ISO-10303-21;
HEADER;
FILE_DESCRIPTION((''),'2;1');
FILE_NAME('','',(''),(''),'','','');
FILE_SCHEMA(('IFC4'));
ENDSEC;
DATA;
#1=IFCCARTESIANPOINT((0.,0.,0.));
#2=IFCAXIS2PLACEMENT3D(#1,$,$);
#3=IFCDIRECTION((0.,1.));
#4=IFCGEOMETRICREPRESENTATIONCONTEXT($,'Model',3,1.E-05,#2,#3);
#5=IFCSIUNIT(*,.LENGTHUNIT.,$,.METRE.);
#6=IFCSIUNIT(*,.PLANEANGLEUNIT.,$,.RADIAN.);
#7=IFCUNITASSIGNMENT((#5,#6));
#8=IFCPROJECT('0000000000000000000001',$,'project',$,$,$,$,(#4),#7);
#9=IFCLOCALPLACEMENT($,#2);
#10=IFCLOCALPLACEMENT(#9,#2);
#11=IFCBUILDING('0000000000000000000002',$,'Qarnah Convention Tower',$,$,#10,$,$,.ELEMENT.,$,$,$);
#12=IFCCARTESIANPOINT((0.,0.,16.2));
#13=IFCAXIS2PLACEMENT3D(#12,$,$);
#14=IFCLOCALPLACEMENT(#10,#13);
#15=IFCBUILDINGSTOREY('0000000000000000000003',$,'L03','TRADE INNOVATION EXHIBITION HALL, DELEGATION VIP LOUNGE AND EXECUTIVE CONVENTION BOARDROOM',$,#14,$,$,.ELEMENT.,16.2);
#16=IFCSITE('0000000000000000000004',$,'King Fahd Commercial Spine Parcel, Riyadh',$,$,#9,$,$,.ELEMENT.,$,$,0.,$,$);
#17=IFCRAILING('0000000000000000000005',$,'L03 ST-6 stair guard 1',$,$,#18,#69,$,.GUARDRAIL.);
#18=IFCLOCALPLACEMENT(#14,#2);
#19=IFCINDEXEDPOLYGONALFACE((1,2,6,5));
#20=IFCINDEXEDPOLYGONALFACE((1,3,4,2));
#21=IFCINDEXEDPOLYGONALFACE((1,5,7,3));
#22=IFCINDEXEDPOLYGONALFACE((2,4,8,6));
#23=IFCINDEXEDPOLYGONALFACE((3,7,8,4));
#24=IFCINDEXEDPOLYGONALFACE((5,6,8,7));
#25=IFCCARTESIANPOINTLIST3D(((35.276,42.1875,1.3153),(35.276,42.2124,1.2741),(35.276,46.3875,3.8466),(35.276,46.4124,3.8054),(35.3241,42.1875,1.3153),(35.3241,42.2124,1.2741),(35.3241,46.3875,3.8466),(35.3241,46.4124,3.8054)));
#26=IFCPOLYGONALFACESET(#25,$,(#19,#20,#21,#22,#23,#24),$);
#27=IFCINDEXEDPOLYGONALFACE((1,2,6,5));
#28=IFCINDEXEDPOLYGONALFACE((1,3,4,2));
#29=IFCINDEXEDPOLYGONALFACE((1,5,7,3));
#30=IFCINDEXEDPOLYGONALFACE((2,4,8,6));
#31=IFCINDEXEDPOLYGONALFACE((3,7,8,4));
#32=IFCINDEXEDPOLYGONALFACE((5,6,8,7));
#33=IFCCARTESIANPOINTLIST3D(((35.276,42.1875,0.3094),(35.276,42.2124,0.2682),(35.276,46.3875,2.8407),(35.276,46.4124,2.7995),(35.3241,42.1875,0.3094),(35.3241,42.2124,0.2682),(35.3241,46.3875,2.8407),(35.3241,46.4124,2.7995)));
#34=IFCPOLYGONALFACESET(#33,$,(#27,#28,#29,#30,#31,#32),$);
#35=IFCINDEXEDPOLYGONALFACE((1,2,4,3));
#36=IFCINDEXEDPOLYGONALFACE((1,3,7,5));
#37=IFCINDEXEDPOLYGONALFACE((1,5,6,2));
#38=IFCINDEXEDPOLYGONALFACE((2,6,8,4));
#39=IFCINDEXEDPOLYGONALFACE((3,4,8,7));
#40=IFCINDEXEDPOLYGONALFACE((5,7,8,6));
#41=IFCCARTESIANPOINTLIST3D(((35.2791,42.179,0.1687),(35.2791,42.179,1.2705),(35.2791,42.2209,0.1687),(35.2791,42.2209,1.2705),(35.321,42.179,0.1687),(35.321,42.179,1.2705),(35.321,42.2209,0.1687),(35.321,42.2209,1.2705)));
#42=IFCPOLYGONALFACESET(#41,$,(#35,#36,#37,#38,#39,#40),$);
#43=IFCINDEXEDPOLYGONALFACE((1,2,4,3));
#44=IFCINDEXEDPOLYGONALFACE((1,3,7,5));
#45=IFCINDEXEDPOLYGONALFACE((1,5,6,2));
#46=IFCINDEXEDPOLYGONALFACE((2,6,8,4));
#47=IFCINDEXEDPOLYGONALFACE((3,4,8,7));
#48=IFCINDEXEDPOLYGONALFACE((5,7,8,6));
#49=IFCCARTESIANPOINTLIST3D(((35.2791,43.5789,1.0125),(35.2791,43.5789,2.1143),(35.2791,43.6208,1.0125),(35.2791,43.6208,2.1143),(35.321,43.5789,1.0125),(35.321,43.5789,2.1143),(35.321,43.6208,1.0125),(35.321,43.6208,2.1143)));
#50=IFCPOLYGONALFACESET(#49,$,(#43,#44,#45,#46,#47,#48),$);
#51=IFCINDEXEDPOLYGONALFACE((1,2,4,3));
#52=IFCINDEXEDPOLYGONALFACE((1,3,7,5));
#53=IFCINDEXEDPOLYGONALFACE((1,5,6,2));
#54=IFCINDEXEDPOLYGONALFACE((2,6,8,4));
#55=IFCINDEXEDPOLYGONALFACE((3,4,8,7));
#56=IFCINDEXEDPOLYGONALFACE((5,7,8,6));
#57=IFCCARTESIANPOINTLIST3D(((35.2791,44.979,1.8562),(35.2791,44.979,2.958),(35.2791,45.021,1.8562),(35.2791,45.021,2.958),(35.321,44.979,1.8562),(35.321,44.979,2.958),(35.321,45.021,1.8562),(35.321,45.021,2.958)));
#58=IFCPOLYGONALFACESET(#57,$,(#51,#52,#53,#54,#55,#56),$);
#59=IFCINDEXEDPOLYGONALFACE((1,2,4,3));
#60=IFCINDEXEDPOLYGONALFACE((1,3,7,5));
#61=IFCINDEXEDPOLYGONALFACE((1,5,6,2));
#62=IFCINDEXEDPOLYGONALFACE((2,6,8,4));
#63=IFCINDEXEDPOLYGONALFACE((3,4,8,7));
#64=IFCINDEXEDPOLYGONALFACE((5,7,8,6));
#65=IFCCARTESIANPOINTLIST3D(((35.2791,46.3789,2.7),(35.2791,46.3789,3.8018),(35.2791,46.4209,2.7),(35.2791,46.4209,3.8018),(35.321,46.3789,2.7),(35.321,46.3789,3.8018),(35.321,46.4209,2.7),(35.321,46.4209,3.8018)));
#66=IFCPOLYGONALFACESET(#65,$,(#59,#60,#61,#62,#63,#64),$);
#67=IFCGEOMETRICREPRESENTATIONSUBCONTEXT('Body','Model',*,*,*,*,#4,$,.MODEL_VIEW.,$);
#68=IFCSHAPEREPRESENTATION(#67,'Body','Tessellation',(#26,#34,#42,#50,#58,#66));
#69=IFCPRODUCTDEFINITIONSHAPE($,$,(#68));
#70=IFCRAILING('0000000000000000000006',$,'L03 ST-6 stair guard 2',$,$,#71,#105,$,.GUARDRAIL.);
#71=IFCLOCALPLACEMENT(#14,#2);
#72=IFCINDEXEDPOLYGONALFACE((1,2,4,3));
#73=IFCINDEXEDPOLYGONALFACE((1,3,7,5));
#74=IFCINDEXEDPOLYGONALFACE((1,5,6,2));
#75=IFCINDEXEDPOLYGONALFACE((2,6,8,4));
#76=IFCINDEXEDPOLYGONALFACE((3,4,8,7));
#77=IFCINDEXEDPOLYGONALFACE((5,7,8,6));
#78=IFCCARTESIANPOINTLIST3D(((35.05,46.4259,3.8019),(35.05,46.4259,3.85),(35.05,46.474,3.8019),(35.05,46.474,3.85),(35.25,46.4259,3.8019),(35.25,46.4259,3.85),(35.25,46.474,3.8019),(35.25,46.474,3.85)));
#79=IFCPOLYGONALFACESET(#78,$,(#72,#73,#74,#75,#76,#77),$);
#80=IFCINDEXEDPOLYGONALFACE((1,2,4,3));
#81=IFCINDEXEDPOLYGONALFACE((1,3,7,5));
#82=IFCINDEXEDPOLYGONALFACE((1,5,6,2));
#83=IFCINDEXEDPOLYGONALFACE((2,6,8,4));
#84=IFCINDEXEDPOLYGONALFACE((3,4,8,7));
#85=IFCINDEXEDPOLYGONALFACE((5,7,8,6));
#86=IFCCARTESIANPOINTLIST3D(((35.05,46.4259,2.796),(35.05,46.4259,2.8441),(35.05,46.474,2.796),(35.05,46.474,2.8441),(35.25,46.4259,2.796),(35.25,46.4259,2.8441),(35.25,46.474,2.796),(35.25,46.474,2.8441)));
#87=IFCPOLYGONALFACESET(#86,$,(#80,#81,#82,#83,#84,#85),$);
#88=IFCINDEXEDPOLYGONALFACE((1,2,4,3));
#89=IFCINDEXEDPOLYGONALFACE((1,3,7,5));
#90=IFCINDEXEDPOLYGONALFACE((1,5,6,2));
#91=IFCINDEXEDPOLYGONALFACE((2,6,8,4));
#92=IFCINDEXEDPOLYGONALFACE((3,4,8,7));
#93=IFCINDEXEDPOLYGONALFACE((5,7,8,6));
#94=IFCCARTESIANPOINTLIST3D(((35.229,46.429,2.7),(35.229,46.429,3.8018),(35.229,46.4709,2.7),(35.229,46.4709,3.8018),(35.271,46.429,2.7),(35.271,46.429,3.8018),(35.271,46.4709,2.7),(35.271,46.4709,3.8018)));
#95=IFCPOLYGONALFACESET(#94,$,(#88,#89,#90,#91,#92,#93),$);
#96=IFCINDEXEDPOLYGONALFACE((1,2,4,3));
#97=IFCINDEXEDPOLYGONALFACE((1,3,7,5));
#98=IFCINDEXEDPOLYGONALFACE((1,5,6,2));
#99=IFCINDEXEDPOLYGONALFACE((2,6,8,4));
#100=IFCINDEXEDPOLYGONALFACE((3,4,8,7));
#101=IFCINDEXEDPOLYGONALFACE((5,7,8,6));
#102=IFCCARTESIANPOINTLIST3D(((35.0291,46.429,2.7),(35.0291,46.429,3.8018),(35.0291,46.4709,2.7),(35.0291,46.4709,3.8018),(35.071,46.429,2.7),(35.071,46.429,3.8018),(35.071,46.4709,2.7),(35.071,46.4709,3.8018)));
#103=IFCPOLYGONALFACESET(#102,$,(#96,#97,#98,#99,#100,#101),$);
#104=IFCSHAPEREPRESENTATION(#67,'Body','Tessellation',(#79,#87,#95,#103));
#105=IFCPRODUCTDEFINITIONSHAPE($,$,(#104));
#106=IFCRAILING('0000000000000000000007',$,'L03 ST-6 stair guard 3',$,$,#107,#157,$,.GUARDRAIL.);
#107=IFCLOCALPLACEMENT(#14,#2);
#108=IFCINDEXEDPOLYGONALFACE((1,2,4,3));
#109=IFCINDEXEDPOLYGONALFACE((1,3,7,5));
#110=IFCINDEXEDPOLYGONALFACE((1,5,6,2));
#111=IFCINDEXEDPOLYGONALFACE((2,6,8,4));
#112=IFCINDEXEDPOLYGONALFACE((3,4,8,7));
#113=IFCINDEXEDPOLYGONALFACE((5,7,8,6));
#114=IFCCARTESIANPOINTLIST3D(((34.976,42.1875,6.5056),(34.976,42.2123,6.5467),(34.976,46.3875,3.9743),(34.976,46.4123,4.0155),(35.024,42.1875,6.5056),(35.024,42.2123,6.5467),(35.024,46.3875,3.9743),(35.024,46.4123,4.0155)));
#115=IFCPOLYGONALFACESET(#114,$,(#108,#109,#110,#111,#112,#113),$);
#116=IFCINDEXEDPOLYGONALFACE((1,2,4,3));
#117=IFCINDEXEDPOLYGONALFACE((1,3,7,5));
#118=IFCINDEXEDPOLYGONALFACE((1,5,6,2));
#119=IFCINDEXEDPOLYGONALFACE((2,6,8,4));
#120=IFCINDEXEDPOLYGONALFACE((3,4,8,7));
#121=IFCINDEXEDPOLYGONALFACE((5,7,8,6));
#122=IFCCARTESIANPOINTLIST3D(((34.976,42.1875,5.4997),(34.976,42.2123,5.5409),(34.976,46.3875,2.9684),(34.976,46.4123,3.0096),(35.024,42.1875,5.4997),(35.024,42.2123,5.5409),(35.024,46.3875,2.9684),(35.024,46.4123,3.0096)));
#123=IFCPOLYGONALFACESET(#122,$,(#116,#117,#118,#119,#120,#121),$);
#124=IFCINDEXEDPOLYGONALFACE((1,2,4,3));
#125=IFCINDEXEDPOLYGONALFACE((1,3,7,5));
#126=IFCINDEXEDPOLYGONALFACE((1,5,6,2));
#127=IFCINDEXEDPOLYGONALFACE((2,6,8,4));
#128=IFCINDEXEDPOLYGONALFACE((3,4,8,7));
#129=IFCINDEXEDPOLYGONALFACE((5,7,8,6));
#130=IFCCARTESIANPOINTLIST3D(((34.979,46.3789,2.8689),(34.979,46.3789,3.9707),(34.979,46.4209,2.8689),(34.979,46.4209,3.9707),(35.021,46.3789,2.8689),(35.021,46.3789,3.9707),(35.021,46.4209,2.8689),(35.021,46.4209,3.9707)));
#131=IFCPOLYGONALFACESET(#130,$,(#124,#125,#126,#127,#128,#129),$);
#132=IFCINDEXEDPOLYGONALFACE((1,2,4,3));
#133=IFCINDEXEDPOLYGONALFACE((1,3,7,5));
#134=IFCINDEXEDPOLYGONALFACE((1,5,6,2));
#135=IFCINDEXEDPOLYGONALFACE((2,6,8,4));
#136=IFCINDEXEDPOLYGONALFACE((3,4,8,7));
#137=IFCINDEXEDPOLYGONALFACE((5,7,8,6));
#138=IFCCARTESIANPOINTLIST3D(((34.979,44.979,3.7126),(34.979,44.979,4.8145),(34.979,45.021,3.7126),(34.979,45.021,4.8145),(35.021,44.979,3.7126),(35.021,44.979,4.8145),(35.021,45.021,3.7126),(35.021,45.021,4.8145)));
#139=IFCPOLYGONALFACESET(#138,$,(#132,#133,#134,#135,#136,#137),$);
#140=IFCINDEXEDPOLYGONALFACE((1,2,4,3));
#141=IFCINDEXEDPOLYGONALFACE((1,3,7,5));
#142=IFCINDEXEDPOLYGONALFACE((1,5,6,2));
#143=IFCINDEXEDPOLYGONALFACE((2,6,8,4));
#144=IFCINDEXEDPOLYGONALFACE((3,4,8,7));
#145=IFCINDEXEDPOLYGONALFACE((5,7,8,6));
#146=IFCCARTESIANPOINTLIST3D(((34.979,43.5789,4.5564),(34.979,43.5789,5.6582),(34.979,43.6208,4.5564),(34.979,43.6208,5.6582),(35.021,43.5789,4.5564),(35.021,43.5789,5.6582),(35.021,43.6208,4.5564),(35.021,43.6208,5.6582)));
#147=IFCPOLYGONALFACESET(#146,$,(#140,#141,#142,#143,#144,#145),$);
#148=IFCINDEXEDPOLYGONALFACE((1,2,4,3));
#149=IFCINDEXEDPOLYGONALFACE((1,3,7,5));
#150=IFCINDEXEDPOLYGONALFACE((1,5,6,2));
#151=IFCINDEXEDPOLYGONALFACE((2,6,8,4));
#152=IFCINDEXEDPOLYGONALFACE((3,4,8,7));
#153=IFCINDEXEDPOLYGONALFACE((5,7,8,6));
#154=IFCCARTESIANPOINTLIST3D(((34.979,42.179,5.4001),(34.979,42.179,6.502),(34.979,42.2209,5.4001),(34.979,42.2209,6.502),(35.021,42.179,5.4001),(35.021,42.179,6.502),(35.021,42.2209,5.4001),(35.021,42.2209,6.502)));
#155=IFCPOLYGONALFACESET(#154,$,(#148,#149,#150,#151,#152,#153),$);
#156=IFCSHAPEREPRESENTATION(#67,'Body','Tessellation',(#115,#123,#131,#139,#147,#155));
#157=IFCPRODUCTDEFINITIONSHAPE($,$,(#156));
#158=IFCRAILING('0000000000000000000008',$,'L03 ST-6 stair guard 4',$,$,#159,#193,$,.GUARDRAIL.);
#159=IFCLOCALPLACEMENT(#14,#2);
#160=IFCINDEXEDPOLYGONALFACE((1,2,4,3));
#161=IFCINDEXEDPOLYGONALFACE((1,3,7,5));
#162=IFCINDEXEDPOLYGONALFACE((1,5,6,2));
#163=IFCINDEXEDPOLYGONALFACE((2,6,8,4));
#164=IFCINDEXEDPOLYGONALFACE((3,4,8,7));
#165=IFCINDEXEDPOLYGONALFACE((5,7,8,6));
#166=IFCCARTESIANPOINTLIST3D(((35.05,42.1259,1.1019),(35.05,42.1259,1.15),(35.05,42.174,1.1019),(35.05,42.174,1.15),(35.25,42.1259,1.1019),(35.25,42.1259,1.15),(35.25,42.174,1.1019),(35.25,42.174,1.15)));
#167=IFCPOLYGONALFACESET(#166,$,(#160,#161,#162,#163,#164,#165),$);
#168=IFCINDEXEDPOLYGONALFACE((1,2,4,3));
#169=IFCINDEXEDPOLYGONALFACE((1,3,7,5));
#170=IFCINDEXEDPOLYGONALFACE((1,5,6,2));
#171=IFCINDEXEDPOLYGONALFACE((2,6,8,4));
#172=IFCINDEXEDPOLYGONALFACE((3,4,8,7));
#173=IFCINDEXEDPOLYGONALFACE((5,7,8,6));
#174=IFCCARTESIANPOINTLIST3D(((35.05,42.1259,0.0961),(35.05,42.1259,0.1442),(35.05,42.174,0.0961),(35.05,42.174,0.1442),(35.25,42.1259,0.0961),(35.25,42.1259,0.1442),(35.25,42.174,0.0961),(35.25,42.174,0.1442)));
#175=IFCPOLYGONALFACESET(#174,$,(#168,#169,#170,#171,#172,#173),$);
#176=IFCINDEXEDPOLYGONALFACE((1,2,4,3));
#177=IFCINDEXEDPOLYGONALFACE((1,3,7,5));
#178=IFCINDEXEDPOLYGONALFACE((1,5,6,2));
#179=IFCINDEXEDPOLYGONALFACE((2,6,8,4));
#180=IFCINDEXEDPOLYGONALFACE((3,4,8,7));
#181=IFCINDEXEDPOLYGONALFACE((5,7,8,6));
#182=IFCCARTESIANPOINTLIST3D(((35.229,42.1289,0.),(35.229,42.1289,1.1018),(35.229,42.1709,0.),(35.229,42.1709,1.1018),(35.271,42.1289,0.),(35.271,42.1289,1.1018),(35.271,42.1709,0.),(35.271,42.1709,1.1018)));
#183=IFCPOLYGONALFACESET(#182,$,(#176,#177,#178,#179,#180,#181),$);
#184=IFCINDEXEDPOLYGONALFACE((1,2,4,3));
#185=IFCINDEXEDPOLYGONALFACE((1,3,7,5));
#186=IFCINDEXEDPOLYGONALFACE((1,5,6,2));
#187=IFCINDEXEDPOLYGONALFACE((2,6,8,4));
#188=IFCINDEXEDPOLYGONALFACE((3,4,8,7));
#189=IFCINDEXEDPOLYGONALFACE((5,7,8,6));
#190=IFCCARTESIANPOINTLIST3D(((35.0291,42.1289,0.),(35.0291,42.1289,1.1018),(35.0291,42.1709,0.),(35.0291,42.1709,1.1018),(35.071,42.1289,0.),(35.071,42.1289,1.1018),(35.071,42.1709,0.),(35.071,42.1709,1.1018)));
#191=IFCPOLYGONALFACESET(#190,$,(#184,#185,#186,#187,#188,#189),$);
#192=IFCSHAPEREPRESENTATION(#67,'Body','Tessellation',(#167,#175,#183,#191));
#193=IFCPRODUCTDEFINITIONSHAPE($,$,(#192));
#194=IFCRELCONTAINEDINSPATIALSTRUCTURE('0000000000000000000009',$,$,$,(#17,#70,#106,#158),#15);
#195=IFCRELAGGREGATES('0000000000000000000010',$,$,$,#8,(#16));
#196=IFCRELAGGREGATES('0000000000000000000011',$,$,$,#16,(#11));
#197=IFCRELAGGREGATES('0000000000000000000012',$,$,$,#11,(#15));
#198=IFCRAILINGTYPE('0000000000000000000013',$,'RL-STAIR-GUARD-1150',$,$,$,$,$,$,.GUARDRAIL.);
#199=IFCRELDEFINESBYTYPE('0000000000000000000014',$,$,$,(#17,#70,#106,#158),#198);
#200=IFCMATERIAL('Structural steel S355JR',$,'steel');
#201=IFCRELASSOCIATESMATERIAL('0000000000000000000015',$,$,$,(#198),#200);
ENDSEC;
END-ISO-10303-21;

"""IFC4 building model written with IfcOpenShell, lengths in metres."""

from ifc_helpers import new_model, si_unit, direction, frame, origin, origin_2d, place, context, subcontext, project, spatial, rectangle, extrude, material, type_object, element, save


model = new_model("IFC4")

# Units and contexts
model_context = context("Model", 3, precision=1e-05, world=origin(), true_north=direction((0.0, 1.0)))
body_context = subcontext(model_context, "Body", "Model", "MODEL_VIEW")
ifc_project = project(units=[si_unit("LENGTHUNIT", "METRE"), si_unit("PLANEANGLEUNIT", "RADIAN")], contexts=[model_context])

# Site, building, storey
site_placement = place(None, origin())
site = spatial("IfcSite", under=ifc_project, at=site_placement, Name="King Fahd Commercial Spine Parcel, Riyadh", CompositionType="ELEMENT", RefElevation=0.0)
building_placement = place(site_placement, origin())
building = spatial("IfcBuilding", under=site, at=building_placement, Name="Qarnah Convention Tower", CompositionType="ELEMENT")
storey_placement = place(building_placement, frame((0.0, 0.0, 16.2)))
storey = spatial("IfcBuildingStorey", under=building, at=storey_placement, Name="L03", Description="TRADE INNOVATION EXHIBITION HALL, DELEGATION VIP LOUNGE AND EXECUTIVE CONVENTION BOARDROOM", CompositionType="ELEMENT", Elevation=16.2)

# Shared definitions
ifc_material_1 = material(Name="Structural steel S355JR", Category="steel")

# Railings
railing_type_1 = type_object("IfcRailingType", Name="RL-STAIR-GUARD-1150", PredefinedType="GUARDRAIL", material=ifc_material_1)
railing_1_placement = place(storey_placement, frame((35.3, 42.2, 0.1687)))
element("IfcRailing", 1, at=railing_1_placement, inside=storey, type_object=railing_type_1, Name="L03 ST-6 stair guard 1", PredefinedType="GUARDRAIL", context=body_context, shape_type="SweptSolid", body=[
    extrude(rectangle(XDim=0.0481, YDim=0.0481, at=origin_2d()), frame((0.0, 0.0, 1.126), z_axis=(0.0, 0.856476, 0.516186), x_axis=(-1.0, 0.0, 0.0)), (0.0, 0.0, 1.0), 4.9038),
    extrude(rectangle(XDim=0.0481, YDim=0.0481, at=origin_2d()), frame((0.0, 0.0, 0.1201), z_axis=(0.0, 0.856476, 0.516186), x_axis=(-1.0, 0.0, 0.0)), (0.0, 0.0, 1.0), 4.9038),
    extrude(rectangle(XDim=0.042, YDim=0.042, at=origin_2d()), origin(), (0.0, 0.0, 1.0), 1.1018),
    extrude(rectangle(XDim=0.042, YDim=0.042, at=origin_2d()), frame((0.0, 1.3999, 0.8438)), (0.0, 0.0, 1.0), 1.1018),
    extrude(rectangle(XDim=0.042, YDim=0.042, at=origin_2d()), frame((0.0, 2.8, 1.6875)), (0.0, 0.0, 1.0), 1.1018),
    extrude(rectangle(XDim=0.042, YDim=0.042, at=origin_2d()), frame((0.0, 4.2, 2.5312)), (0.0, 0.0, 1.0), 1.1018),
])
railing_2_placement = place(storey_placement, frame((35.25, 46.45, 2.7)))
element("IfcRailing", 2, at=railing_2_placement, inside=storey, type_object=railing_type_1, Name="L03 ST-6 stair guard 2", PredefinedType="GUARDRAIL", context=body_context, shape_type="SweptSolid", body=[
    extrude(rectangle(XDim=0.0481, YDim=0.0481, at=origin_2d()), frame((0.0, 0.0, 1.126), z_axis=(-1.0, 0.0, 0.0), x_axis=(0.0, -1.0, 0.0)), (0.0, 0.0, 1.0), 0.2),
    extrude(rectangle(XDim=0.0481, YDim=0.0481, at=origin_2d()), frame((0.0, 0.0, 0.1201), z_axis=(-1.0, 0.0, 0.0), x_axis=(0.0, -1.0, 0.0)), (0.0, 0.0, 1.0), 0.2),
    extrude(rectangle(XDim=0.042, YDim=0.042, at=origin_2d()), origin(), (0.0, 0.0, 1.0), 1.1018),
    extrude(rectangle(XDim=0.042, YDim=0.042, at=origin_2d()), frame((-0.2, 0.0, 0.0)), (0.0, 0.0, 1.0), 1.1018),
])
railing_3_placement = place(storey_placement, frame((35.0, 46.3999, 2.8689)))
element("IfcRailing", 3, at=railing_3_placement, inside=storey, type_object=railing_type_1, Name="L03 ST-6 stair guard 3", PredefinedType="GUARDRAIL", context=body_context, shape_type="SweptSolid", body=[
    extrude(rectangle(XDim=0.0481, YDim=0.0481, at=origin_2d()), frame((0.0, 0.0, 1.126), z_axis=(0.0, -0.856476, 0.516186), x_axis=(1.0, 0.0, 0.0)), (0.0, 0.0, 1.0), 4.9038),
    extrude(rectangle(XDim=0.0481, YDim=0.0481, at=origin_2d()), frame((0.0, 0.0, 0.1201), z_axis=(0.0, -0.856476, 0.516186), x_axis=(1.0, 0.0, 0.0)), (0.0, 0.0, 1.0), 4.9038),
    extrude(rectangle(XDim=0.042, YDim=0.042, at=origin_2d()), origin(), (0.0, 0.0, 1.0), 1.1018),
    extrude(rectangle(XDim=0.042, YDim=0.042, at=origin_2d()), frame((0.0, -1.3999, 0.8438)), (0.0, 0.0, 1.0), 1.1018),
    extrude(rectangle(XDim=0.042, YDim=0.042, at=origin_2d()), frame((0.0, -2.8, 1.6875)), (0.0, 0.0, 1.0), 1.1018),
    extrude(rectangle(XDim=0.042, YDim=0.042, at=origin_2d()), frame((0.0, -4.2, 2.5312)), (0.0, 0.0, 1.0), 1.1018),
])
railing_4_placement = place(storey_placement, frame((35.25, 42.1499, 0.0)))
element("IfcRailing", 4, at=railing_4_placement, inside=storey, type_object=railing_type_1, Name="L03 ST-6 stair guard 4", PredefinedType="GUARDRAIL", context=body_context, shape_type="SweptSolid", body=[
    extrude(rectangle(XDim=0.0481, YDim=0.0481, at=origin_2d()), frame((0.0, 0.0, 1.126), z_axis=(-1.0, 0.0, 0.0), x_axis=(0.0, -1.0, 0.0)), (0.0, 0.0, 1.0), 0.2),
    extrude(rectangle(XDim=0.0481, YDim=0.0481, at=origin_2d()), frame((0.0, 0.0, 0.1201), z_axis=(-1.0, 0.0, 0.0), x_axis=(0.0, -1.0, 0.0)), (0.0, 0.0, 1.0), 0.2),
    extrude(rectangle(XDim=0.042, YDim=0.042, at=origin_2d()), origin(), (0.0, 0.0, 1.0), 1.1018),
    extrude(rectangle(XDim=0.042, YDim=0.042, at=origin_2d()), frame((-0.2, 0.0, 0.0)), (0.0, 0.0, 1.0), 1.1018),
])

save(model, "model.ifc")
